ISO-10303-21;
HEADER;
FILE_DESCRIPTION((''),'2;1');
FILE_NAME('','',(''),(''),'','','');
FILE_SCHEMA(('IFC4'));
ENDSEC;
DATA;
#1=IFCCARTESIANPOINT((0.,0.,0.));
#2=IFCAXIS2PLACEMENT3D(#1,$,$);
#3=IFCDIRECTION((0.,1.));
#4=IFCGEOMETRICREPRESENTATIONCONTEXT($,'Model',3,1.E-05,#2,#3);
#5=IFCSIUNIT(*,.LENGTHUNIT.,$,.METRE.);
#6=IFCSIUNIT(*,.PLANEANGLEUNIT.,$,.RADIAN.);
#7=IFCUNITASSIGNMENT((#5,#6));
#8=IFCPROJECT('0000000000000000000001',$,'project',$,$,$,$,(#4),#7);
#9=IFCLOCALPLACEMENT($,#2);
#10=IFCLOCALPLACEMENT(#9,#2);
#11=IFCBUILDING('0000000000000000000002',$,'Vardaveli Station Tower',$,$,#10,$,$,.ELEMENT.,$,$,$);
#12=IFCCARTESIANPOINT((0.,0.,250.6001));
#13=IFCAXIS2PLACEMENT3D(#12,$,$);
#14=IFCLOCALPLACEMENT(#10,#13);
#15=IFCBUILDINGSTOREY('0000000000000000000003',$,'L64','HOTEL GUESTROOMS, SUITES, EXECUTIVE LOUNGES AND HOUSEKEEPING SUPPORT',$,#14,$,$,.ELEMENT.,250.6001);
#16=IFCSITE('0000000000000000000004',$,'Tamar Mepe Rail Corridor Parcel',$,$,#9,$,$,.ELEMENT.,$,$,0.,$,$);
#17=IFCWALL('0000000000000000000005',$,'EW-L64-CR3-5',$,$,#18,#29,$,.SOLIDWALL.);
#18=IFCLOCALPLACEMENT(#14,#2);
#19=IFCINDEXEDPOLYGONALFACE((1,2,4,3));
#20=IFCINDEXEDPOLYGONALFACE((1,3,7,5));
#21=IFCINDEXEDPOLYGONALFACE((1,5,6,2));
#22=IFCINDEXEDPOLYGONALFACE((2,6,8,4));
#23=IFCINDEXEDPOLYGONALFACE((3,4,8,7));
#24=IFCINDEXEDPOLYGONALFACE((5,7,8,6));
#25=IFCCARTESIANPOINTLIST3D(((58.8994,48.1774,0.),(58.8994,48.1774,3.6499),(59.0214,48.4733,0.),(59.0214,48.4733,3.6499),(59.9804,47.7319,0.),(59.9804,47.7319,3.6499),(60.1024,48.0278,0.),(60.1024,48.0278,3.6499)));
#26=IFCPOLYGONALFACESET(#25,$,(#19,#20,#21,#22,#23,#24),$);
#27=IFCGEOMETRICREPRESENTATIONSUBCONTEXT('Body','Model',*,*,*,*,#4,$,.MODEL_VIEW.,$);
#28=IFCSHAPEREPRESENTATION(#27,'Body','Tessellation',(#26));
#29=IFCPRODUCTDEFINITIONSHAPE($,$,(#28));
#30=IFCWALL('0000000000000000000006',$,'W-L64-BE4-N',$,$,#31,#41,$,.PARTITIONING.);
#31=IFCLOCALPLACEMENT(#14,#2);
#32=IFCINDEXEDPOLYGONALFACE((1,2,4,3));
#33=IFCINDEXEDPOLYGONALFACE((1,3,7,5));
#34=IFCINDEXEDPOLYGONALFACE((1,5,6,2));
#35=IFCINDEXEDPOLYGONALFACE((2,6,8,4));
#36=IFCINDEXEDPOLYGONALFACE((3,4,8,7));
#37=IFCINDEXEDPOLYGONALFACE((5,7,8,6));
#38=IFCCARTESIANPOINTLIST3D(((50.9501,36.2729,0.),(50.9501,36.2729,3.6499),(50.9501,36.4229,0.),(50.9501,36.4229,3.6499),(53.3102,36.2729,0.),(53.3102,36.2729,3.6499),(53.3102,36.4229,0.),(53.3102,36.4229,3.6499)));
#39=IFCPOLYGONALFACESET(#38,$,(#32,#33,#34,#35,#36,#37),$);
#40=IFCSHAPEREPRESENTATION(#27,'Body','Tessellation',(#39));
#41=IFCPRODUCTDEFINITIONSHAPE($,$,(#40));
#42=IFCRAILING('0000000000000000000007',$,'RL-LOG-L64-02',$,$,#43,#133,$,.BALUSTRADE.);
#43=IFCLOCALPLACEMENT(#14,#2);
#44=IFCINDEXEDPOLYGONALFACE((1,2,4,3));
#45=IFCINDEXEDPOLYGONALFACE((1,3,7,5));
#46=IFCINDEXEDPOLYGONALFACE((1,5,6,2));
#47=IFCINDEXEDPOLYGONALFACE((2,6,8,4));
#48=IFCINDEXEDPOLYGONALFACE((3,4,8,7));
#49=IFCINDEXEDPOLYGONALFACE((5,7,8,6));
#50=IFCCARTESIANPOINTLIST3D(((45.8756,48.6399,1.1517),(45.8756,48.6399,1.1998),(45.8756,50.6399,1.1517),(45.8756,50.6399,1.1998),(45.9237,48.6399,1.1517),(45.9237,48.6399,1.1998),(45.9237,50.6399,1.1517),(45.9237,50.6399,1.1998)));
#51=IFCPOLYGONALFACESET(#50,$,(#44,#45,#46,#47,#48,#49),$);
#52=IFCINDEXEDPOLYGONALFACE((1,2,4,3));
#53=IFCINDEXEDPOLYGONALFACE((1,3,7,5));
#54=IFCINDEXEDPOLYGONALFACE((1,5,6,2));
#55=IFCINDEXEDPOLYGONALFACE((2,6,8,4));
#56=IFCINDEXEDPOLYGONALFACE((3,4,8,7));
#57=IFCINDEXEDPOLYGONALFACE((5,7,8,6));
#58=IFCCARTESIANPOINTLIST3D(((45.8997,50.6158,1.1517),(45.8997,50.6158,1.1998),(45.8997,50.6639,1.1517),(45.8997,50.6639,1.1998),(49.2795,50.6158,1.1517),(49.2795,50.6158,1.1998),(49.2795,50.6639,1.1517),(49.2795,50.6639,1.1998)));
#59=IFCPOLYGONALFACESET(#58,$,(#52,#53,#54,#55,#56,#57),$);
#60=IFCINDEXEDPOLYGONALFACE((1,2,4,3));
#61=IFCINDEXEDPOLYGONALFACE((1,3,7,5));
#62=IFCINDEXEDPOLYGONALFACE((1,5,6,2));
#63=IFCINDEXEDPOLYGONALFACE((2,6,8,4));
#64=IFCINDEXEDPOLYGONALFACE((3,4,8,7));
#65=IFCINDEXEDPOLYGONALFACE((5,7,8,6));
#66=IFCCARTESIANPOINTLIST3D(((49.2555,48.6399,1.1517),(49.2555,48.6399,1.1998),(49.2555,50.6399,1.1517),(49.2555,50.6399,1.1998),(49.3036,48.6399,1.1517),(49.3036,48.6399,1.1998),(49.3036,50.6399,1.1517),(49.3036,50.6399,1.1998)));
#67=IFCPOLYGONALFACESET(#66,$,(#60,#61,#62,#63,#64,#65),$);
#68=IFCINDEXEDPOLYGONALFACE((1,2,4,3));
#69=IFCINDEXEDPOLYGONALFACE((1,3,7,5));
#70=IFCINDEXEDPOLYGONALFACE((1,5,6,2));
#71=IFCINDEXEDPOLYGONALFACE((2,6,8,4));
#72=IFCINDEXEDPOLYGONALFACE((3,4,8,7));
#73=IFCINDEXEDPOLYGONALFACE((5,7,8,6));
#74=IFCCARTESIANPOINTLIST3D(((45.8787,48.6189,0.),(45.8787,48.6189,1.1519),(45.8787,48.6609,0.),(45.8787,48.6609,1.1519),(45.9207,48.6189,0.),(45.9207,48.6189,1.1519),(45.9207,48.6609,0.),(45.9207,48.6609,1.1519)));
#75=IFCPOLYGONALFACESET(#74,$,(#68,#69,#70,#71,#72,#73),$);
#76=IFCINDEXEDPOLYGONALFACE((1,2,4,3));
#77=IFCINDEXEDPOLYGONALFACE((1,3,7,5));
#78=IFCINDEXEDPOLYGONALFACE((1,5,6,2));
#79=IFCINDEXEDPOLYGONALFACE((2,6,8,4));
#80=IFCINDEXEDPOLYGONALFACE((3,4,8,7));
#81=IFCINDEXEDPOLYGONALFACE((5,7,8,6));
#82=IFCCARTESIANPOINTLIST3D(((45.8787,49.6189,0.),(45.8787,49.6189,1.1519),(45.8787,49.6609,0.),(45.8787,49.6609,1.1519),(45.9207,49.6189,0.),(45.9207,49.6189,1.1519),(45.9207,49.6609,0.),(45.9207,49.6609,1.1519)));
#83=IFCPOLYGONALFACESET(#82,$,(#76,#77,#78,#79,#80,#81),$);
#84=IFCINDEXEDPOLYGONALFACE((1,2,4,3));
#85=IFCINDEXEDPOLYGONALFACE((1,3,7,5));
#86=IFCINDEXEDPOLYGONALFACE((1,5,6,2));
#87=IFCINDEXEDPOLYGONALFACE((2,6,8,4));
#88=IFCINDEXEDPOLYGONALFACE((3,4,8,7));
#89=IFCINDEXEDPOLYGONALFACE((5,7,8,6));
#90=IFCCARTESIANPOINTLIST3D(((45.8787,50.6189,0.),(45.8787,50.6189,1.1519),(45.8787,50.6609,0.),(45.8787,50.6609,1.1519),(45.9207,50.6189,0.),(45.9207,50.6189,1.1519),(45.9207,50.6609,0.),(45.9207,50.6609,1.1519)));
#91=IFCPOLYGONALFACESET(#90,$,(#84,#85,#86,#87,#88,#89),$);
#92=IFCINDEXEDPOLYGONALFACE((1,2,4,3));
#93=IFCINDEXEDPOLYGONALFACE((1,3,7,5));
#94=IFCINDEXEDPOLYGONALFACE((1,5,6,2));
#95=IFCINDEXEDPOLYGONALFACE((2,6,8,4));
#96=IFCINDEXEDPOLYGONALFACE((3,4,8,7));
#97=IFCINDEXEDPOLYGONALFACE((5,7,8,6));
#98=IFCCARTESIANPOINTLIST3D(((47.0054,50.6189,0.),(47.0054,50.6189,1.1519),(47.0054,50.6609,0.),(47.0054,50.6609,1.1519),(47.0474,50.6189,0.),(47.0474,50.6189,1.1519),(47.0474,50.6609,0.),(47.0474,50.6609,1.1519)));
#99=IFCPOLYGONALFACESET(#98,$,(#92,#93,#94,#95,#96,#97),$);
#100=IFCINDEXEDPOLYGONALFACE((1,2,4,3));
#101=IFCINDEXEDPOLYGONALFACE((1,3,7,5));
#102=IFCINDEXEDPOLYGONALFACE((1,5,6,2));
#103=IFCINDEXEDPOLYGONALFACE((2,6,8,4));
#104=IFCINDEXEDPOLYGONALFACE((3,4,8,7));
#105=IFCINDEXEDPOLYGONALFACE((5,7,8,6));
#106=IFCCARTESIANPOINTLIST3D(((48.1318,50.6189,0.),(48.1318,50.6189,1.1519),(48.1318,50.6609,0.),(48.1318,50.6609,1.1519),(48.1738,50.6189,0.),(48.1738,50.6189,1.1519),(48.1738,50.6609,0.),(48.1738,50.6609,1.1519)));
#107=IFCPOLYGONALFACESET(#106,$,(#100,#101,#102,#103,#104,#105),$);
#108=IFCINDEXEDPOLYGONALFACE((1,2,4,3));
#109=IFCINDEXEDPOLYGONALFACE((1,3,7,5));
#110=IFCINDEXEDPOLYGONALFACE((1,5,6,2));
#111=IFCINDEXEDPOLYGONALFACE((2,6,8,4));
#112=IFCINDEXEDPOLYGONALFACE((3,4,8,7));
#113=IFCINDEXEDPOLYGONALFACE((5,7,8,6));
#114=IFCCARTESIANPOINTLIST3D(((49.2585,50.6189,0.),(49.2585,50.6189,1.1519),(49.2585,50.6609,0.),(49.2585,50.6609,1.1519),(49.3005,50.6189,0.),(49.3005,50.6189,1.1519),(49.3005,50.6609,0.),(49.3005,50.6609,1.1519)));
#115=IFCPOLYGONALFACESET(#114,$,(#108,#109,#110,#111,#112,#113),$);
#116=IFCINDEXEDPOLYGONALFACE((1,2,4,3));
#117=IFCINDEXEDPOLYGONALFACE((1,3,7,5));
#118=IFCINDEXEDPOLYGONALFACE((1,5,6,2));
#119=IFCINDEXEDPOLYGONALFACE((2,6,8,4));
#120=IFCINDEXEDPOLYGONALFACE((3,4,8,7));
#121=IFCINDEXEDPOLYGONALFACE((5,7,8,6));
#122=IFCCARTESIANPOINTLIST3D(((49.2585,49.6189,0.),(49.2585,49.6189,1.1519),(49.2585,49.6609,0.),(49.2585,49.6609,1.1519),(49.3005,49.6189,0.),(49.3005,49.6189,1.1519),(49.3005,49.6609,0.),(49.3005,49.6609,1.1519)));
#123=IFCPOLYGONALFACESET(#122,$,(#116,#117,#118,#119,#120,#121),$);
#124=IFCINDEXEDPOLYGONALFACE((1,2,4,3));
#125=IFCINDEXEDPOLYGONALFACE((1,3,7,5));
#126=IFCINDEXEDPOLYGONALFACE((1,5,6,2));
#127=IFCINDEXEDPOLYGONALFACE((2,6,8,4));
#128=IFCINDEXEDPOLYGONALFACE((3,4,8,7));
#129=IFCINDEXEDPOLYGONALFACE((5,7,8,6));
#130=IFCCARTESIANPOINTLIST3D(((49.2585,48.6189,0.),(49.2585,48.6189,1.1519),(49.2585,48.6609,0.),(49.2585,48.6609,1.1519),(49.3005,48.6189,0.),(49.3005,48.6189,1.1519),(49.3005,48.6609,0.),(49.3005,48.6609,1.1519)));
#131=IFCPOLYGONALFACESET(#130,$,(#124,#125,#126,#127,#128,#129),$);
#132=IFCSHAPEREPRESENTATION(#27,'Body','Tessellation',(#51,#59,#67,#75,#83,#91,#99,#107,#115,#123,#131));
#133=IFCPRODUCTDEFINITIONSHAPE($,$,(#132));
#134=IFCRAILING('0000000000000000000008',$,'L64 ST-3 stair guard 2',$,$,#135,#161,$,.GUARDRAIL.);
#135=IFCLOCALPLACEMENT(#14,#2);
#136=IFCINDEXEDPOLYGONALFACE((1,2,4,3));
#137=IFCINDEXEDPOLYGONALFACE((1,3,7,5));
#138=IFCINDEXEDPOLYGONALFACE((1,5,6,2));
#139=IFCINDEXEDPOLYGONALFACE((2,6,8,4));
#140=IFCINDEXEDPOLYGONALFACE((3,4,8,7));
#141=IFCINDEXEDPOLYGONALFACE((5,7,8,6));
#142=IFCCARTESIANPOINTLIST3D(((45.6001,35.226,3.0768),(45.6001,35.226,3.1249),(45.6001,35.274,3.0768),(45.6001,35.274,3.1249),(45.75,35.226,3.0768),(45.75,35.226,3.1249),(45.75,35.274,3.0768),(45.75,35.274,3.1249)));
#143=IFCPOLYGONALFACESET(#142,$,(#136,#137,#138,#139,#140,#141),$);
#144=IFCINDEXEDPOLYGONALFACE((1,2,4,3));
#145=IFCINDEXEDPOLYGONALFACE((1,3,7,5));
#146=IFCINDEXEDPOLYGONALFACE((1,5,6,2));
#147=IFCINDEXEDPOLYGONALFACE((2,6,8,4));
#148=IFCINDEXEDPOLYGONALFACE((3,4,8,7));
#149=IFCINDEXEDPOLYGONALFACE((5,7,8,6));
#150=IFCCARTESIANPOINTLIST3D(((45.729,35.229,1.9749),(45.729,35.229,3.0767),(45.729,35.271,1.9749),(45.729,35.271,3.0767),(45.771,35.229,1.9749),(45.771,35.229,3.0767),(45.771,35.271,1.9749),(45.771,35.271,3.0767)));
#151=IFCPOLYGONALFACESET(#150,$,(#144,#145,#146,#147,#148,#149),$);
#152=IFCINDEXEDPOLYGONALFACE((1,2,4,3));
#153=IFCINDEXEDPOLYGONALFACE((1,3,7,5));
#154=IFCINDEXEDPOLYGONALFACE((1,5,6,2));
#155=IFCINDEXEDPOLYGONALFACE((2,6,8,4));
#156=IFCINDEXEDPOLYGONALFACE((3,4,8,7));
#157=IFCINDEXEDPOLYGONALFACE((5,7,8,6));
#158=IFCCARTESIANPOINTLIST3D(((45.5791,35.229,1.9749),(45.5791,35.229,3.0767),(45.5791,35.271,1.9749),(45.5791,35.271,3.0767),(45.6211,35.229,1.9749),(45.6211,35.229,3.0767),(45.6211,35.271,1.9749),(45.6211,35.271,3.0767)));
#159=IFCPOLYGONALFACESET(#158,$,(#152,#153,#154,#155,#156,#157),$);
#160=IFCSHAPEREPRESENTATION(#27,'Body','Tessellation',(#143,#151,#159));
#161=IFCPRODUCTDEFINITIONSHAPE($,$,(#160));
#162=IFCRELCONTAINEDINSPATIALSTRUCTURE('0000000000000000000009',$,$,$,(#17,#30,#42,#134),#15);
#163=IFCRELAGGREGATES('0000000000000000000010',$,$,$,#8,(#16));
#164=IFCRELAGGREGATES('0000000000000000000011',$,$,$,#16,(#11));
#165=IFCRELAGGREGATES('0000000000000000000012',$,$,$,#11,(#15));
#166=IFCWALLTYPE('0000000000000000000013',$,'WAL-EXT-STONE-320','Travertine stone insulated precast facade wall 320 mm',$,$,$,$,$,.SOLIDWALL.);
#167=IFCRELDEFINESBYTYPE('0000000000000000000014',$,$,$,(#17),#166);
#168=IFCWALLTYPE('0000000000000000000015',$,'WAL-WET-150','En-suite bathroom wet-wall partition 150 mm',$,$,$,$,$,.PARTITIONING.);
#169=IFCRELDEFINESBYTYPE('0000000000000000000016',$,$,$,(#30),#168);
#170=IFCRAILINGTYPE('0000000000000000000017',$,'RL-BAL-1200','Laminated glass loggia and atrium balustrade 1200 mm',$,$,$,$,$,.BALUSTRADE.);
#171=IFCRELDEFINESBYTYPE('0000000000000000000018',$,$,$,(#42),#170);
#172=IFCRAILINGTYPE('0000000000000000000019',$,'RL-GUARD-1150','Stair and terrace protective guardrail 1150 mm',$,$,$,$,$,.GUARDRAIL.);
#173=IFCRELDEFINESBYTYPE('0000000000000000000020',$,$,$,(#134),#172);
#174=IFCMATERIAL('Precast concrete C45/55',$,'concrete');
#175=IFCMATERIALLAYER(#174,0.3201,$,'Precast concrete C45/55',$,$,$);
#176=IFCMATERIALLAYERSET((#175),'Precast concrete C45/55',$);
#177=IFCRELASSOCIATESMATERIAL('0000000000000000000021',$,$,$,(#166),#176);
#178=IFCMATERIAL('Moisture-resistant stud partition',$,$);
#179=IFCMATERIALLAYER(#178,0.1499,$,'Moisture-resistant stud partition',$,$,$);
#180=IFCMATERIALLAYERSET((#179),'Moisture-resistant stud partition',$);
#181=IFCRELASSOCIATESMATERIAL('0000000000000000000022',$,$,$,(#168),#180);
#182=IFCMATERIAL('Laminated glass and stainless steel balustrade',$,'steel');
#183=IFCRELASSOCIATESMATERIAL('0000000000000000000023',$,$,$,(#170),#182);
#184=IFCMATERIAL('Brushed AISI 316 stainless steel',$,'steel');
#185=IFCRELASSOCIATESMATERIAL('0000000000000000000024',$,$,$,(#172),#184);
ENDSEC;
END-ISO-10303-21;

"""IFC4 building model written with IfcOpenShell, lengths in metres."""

from ifc_helpers import new_model, si_unit, direction, frame, frame_2d, origin, origin_2d, place, context, subcontext, project, spatial, rectangle, extrude, source, transform, mapped, material, layer, layer_set, type_object, element, save


model = new_model("IFC4")

# Units and contexts
model_context = context("Model", 3, precision=1e-05, world=origin(), true_north=direction((0.0, 1.0)))
body_context = subcontext(model_context, "Body", "Model", "MODEL_VIEW")
ifc_project = project(units=[si_unit("LENGTHUNIT", "METRE"), si_unit("PLANEANGLEUNIT", "RADIAN")], contexts=[model_context])

# Site, building, storey
site_placement = place(None, origin())
site = spatial("IfcSite", under=ifc_project, at=site_placement, Name="Tamar Mepe Rail Corridor Parcel", CompositionType="ELEMENT", RefElevation=0.0)
building_placement = place(site_placement, origin())
building = spatial("IfcBuilding", under=site, at=building_placement, Name="Vardaveli Station Tower", CompositionType="ELEMENT")
storey_placement = place(building_placement, frame((0.0, 0.0, 250.6001)))
storey = spatial("IfcBuildingStorey", under=building, at=storey_placement, Name="L64", Description="HOTEL GUESTROOMS, SUITES, EXECUTIVE LOUNGES AND HOUSEKEEPING SUPPORT", CompositionType="ELEMENT", Elevation=250.6001)

# Shared definitions
ifc_material_1 = material(Name="Precast concrete C45/55", Category="concrete")

# Shared definitions
ifc_layer_1 = layer(ifc_material_1, 0.3201, Name="Precast concrete C45/55")
ifc_layer_set_1 = layer_set([ifc_layer_1], Name="Precast concrete C45/55")
wall_type_1 = type_object("IfcWallType", Name="WAL-EXT-STONE-320", Description="Travertine stone insulated precast facade wall 320 mm", PredefinedType="SOLIDWALL", material=ifc_layer_set_1)

# Walls
shared_shape_1 = source(origin(), body_context, "Body", "SweptSolid", [
    extrude(rectangle(XDim=1.1692, YDim=0.3201, at=frame_2d((0.5845, 0.0))), origin(), (0.0, 0.0, 1.0), 3.6499),
])
for number, where, z_axis, x_axis, name in (
    (1, (60.0413, 47.8799, 0.0), (0.0, 0.0, 1.0), (-0.924553, 0.381054, 0.0), "EW-L64-CR3-5"),
):
    element("IfcWall", number, at=place(storey_placement, frame(where, z_axis=z_axis, x_axis=x_axis)), inside=storey, type_object=wall_type_1, Name=name, PredefinedType="SOLIDWALL", context=body_context, shape_type="MappedRepresentation", body=[
        mapped(shared_shape_1, transform((0.0, 0.0, 0.0), scale=1.0)),
    ])
ifc_material_2 = material(Name="Moisture-resistant stud partition")
ifc_layer_2 = layer(ifc_material_2, 0.1499, Name="Moisture-resistant stud partition")
ifc_layer_set_2 = layer_set([ifc_layer_2], Name="Moisture-resistant stud partition")
wall_type_2 = type_object("IfcWallType", Name="WAL-WET-150", Description="En-suite bathroom wet-wall partition 150 mm", PredefinedType="PARTITIONING", material=ifc_layer_set_2)
shared_shape_2 = source(origin(), body_context, "Body", "SweptSolid", [
    extrude(rectangle(XDim=2.3601, YDim=0.1499, at=frame_2d((1.1802, 0.0))), origin(), (0.0, 0.0, 1.0), 3.6499),
])
wall_1_placement = place(storey_placement, frame((50.95, 36.3479, 0.0), z_axis=(0.0, 0.0, 1.0), x_axis=(1.0, 0.0, 0.0)))
element("IfcWall", 2, at=wall_1_placement, inside=storey, type_object=wall_type_2, Name="W-L64-BE4-N", PredefinedType="PARTITIONING", context=body_context, shape_type="MappedRepresentation", body=[
    mapped(shared_shape_2, transform((0.0, 0.0, 0.0), scale=1.0)),
])

# Railings
ifc_material_3 = material(Name="Laminated glass and stainless steel balustrade", Category="steel")
railing_type_1 = type_object("IfcRailingType", Name="RL-BAL-1200", Description="Laminated glass loggia and atrium balustrade 1200 mm", PredefinedType="BALUSTRADE", material=ifc_material_3)
shared_shape_3 = source(origin(), body_context, "Body", "SweptSolid", [
    extrude(rectangle(XDim=0.0481, YDim=0.0481, at=origin_2d()), frame((0.0, 0.0, 1.1758), z_axis=(0.0, 1.0, 0.0), x_axis=(-1.0, 0.0, 0.0)), (0.0, 0.0, 1.0), 2.0),
    extrude(rectangle(XDim=0.0481, YDim=0.0481, at=origin_2d()), frame((0.0, 2.0, 1.1758), z_axis=(1.0, 0.0, 0.0), x_axis=(0.0, 1.0, 0.0)), (0.0, 0.0, 1.0), 3.3799),
    extrude(rectangle(XDim=0.0481, YDim=0.0481, at=origin_2d()), frame((3.3799, 2.0, 1.1758), z_axis=(0.0, -1.0, 0.0), x_axis=(1.0, 0.0, 0.0)), (0.0, 0.0, 1.0), 2.0),
    extrude(rectangle(XDim=0.042, YDim=0.042, at=origin_2d()), origin(), (0.0, 0.0, 1.0), 1.1519),
    extrude(rectangle(XDim=0.042, YDim=0.042, at=origin_2d()), frame((0.0, 1.0, 0.0)), (0.0, 0.0, 1.0), 1.1519),
    extrude(rectangle(XDim=0.042, YDim=0.042, at=origin_2d()), frame((0.0, 2.0, 0.0)), (0.0, 0.0, 1.0), 1.1519),
    extrude(rectangle(XDim=0.042, YDim=0.042, at=origin_2d()), frame((1.1267, 2.0, 0.0)), (0.0, 0.0, 1.0), 1.1519),
    extrude(rectangle(XDim=0.042, YDim=0.042, at=origin_2d()), frame((2.2532, 2.0, 0.0)), (0.0, 0.0, 1.0), 1.1519),
    extrude(rectangle(XDim=0.042, YDim=0.042, at=origin_2d()), frame((3.3799, 2.0, 0.0)), (0.0, 0.0, 1.0), 1.1519),
    extrude(rectangle(XDim=0.042, YDim=0.042, at=origin_2d()), frame((3.3799, 1.0, 0.0)), (0.0, 0.0, 1.0), 1.1519),
    extrude(rectangle(XDim=0.042, YDim=0.042, at=origin_2d()), frame((3.3799, 0.0, 0.0)), (0.0, 0.0, 1.0), 1.1519),
])
railing_1_placement = place(storey_placement, frame((45.8997, 48.6399, 0.0)))
element("IfcRailing", 3, at=railing_1_placement, inside=storey, type_object=railing_type_1, Name="RL-LOG-L64-02", PredefinedType="BALUSTRADE", context=body_context, shape_type="MappedRepresentation", body=[
    mapped(shared_shape_3, transform((0.0, 0.0, 0.0), scale=1.0)),
])
ifc_material_4 = material(Name="Brushed AISI 316 stainless steel", Category="steel")
railing_type_2 = type_object("IfcRailingType", Name="RL-GUARD-1150", Description="Stair and terrace protective guardrail 1150 mm", PredefinedType="GUARDRAIL", material=ifc_material_4)
shared_shape_4 = source(origin(), body_context, "Body", "SweptSolid", [
    extrude(rectangle(XDim=0.0481, YDim=0.0481, at=origin_2d()), frame((0.0, 0.0, 1.126), z_axis=(-1.0, 0.0, 0.0), x_axis=(0.0, -1.0, 0.0)), (0.0, 0.0, 1.0), 0.1499),
    extrude(rectangle(XDim=0.042, YDim=0.042, at=origin_2d()), origin(), (0.0, 0.0, 1.0), 1.1018),
    extrude(rectangle(XDim=0.042, YDim=0.042, at=origin_2d()), frame((-0.1499, 0.0, 0.0)), (0.0, 0.0, 1.0), 1.1018),
])
railing_2_placement = place(storey_placement, frame((45.75, 35.25, 1.9749)))
element("IfcRailing", 4, at=railing_2_placement, inside=storey, type_object=railing_type_2, Name="L64 ST-3 stair guard 2", PredefinedType="GUARDRAIL", context=body_context, shape_type="MappedRepresentation", body=[
    mapped(shared_shape_4, transform((0.0, 0.0, 0.0), scale=1.0)),
])

save(model, "model.ifc")
